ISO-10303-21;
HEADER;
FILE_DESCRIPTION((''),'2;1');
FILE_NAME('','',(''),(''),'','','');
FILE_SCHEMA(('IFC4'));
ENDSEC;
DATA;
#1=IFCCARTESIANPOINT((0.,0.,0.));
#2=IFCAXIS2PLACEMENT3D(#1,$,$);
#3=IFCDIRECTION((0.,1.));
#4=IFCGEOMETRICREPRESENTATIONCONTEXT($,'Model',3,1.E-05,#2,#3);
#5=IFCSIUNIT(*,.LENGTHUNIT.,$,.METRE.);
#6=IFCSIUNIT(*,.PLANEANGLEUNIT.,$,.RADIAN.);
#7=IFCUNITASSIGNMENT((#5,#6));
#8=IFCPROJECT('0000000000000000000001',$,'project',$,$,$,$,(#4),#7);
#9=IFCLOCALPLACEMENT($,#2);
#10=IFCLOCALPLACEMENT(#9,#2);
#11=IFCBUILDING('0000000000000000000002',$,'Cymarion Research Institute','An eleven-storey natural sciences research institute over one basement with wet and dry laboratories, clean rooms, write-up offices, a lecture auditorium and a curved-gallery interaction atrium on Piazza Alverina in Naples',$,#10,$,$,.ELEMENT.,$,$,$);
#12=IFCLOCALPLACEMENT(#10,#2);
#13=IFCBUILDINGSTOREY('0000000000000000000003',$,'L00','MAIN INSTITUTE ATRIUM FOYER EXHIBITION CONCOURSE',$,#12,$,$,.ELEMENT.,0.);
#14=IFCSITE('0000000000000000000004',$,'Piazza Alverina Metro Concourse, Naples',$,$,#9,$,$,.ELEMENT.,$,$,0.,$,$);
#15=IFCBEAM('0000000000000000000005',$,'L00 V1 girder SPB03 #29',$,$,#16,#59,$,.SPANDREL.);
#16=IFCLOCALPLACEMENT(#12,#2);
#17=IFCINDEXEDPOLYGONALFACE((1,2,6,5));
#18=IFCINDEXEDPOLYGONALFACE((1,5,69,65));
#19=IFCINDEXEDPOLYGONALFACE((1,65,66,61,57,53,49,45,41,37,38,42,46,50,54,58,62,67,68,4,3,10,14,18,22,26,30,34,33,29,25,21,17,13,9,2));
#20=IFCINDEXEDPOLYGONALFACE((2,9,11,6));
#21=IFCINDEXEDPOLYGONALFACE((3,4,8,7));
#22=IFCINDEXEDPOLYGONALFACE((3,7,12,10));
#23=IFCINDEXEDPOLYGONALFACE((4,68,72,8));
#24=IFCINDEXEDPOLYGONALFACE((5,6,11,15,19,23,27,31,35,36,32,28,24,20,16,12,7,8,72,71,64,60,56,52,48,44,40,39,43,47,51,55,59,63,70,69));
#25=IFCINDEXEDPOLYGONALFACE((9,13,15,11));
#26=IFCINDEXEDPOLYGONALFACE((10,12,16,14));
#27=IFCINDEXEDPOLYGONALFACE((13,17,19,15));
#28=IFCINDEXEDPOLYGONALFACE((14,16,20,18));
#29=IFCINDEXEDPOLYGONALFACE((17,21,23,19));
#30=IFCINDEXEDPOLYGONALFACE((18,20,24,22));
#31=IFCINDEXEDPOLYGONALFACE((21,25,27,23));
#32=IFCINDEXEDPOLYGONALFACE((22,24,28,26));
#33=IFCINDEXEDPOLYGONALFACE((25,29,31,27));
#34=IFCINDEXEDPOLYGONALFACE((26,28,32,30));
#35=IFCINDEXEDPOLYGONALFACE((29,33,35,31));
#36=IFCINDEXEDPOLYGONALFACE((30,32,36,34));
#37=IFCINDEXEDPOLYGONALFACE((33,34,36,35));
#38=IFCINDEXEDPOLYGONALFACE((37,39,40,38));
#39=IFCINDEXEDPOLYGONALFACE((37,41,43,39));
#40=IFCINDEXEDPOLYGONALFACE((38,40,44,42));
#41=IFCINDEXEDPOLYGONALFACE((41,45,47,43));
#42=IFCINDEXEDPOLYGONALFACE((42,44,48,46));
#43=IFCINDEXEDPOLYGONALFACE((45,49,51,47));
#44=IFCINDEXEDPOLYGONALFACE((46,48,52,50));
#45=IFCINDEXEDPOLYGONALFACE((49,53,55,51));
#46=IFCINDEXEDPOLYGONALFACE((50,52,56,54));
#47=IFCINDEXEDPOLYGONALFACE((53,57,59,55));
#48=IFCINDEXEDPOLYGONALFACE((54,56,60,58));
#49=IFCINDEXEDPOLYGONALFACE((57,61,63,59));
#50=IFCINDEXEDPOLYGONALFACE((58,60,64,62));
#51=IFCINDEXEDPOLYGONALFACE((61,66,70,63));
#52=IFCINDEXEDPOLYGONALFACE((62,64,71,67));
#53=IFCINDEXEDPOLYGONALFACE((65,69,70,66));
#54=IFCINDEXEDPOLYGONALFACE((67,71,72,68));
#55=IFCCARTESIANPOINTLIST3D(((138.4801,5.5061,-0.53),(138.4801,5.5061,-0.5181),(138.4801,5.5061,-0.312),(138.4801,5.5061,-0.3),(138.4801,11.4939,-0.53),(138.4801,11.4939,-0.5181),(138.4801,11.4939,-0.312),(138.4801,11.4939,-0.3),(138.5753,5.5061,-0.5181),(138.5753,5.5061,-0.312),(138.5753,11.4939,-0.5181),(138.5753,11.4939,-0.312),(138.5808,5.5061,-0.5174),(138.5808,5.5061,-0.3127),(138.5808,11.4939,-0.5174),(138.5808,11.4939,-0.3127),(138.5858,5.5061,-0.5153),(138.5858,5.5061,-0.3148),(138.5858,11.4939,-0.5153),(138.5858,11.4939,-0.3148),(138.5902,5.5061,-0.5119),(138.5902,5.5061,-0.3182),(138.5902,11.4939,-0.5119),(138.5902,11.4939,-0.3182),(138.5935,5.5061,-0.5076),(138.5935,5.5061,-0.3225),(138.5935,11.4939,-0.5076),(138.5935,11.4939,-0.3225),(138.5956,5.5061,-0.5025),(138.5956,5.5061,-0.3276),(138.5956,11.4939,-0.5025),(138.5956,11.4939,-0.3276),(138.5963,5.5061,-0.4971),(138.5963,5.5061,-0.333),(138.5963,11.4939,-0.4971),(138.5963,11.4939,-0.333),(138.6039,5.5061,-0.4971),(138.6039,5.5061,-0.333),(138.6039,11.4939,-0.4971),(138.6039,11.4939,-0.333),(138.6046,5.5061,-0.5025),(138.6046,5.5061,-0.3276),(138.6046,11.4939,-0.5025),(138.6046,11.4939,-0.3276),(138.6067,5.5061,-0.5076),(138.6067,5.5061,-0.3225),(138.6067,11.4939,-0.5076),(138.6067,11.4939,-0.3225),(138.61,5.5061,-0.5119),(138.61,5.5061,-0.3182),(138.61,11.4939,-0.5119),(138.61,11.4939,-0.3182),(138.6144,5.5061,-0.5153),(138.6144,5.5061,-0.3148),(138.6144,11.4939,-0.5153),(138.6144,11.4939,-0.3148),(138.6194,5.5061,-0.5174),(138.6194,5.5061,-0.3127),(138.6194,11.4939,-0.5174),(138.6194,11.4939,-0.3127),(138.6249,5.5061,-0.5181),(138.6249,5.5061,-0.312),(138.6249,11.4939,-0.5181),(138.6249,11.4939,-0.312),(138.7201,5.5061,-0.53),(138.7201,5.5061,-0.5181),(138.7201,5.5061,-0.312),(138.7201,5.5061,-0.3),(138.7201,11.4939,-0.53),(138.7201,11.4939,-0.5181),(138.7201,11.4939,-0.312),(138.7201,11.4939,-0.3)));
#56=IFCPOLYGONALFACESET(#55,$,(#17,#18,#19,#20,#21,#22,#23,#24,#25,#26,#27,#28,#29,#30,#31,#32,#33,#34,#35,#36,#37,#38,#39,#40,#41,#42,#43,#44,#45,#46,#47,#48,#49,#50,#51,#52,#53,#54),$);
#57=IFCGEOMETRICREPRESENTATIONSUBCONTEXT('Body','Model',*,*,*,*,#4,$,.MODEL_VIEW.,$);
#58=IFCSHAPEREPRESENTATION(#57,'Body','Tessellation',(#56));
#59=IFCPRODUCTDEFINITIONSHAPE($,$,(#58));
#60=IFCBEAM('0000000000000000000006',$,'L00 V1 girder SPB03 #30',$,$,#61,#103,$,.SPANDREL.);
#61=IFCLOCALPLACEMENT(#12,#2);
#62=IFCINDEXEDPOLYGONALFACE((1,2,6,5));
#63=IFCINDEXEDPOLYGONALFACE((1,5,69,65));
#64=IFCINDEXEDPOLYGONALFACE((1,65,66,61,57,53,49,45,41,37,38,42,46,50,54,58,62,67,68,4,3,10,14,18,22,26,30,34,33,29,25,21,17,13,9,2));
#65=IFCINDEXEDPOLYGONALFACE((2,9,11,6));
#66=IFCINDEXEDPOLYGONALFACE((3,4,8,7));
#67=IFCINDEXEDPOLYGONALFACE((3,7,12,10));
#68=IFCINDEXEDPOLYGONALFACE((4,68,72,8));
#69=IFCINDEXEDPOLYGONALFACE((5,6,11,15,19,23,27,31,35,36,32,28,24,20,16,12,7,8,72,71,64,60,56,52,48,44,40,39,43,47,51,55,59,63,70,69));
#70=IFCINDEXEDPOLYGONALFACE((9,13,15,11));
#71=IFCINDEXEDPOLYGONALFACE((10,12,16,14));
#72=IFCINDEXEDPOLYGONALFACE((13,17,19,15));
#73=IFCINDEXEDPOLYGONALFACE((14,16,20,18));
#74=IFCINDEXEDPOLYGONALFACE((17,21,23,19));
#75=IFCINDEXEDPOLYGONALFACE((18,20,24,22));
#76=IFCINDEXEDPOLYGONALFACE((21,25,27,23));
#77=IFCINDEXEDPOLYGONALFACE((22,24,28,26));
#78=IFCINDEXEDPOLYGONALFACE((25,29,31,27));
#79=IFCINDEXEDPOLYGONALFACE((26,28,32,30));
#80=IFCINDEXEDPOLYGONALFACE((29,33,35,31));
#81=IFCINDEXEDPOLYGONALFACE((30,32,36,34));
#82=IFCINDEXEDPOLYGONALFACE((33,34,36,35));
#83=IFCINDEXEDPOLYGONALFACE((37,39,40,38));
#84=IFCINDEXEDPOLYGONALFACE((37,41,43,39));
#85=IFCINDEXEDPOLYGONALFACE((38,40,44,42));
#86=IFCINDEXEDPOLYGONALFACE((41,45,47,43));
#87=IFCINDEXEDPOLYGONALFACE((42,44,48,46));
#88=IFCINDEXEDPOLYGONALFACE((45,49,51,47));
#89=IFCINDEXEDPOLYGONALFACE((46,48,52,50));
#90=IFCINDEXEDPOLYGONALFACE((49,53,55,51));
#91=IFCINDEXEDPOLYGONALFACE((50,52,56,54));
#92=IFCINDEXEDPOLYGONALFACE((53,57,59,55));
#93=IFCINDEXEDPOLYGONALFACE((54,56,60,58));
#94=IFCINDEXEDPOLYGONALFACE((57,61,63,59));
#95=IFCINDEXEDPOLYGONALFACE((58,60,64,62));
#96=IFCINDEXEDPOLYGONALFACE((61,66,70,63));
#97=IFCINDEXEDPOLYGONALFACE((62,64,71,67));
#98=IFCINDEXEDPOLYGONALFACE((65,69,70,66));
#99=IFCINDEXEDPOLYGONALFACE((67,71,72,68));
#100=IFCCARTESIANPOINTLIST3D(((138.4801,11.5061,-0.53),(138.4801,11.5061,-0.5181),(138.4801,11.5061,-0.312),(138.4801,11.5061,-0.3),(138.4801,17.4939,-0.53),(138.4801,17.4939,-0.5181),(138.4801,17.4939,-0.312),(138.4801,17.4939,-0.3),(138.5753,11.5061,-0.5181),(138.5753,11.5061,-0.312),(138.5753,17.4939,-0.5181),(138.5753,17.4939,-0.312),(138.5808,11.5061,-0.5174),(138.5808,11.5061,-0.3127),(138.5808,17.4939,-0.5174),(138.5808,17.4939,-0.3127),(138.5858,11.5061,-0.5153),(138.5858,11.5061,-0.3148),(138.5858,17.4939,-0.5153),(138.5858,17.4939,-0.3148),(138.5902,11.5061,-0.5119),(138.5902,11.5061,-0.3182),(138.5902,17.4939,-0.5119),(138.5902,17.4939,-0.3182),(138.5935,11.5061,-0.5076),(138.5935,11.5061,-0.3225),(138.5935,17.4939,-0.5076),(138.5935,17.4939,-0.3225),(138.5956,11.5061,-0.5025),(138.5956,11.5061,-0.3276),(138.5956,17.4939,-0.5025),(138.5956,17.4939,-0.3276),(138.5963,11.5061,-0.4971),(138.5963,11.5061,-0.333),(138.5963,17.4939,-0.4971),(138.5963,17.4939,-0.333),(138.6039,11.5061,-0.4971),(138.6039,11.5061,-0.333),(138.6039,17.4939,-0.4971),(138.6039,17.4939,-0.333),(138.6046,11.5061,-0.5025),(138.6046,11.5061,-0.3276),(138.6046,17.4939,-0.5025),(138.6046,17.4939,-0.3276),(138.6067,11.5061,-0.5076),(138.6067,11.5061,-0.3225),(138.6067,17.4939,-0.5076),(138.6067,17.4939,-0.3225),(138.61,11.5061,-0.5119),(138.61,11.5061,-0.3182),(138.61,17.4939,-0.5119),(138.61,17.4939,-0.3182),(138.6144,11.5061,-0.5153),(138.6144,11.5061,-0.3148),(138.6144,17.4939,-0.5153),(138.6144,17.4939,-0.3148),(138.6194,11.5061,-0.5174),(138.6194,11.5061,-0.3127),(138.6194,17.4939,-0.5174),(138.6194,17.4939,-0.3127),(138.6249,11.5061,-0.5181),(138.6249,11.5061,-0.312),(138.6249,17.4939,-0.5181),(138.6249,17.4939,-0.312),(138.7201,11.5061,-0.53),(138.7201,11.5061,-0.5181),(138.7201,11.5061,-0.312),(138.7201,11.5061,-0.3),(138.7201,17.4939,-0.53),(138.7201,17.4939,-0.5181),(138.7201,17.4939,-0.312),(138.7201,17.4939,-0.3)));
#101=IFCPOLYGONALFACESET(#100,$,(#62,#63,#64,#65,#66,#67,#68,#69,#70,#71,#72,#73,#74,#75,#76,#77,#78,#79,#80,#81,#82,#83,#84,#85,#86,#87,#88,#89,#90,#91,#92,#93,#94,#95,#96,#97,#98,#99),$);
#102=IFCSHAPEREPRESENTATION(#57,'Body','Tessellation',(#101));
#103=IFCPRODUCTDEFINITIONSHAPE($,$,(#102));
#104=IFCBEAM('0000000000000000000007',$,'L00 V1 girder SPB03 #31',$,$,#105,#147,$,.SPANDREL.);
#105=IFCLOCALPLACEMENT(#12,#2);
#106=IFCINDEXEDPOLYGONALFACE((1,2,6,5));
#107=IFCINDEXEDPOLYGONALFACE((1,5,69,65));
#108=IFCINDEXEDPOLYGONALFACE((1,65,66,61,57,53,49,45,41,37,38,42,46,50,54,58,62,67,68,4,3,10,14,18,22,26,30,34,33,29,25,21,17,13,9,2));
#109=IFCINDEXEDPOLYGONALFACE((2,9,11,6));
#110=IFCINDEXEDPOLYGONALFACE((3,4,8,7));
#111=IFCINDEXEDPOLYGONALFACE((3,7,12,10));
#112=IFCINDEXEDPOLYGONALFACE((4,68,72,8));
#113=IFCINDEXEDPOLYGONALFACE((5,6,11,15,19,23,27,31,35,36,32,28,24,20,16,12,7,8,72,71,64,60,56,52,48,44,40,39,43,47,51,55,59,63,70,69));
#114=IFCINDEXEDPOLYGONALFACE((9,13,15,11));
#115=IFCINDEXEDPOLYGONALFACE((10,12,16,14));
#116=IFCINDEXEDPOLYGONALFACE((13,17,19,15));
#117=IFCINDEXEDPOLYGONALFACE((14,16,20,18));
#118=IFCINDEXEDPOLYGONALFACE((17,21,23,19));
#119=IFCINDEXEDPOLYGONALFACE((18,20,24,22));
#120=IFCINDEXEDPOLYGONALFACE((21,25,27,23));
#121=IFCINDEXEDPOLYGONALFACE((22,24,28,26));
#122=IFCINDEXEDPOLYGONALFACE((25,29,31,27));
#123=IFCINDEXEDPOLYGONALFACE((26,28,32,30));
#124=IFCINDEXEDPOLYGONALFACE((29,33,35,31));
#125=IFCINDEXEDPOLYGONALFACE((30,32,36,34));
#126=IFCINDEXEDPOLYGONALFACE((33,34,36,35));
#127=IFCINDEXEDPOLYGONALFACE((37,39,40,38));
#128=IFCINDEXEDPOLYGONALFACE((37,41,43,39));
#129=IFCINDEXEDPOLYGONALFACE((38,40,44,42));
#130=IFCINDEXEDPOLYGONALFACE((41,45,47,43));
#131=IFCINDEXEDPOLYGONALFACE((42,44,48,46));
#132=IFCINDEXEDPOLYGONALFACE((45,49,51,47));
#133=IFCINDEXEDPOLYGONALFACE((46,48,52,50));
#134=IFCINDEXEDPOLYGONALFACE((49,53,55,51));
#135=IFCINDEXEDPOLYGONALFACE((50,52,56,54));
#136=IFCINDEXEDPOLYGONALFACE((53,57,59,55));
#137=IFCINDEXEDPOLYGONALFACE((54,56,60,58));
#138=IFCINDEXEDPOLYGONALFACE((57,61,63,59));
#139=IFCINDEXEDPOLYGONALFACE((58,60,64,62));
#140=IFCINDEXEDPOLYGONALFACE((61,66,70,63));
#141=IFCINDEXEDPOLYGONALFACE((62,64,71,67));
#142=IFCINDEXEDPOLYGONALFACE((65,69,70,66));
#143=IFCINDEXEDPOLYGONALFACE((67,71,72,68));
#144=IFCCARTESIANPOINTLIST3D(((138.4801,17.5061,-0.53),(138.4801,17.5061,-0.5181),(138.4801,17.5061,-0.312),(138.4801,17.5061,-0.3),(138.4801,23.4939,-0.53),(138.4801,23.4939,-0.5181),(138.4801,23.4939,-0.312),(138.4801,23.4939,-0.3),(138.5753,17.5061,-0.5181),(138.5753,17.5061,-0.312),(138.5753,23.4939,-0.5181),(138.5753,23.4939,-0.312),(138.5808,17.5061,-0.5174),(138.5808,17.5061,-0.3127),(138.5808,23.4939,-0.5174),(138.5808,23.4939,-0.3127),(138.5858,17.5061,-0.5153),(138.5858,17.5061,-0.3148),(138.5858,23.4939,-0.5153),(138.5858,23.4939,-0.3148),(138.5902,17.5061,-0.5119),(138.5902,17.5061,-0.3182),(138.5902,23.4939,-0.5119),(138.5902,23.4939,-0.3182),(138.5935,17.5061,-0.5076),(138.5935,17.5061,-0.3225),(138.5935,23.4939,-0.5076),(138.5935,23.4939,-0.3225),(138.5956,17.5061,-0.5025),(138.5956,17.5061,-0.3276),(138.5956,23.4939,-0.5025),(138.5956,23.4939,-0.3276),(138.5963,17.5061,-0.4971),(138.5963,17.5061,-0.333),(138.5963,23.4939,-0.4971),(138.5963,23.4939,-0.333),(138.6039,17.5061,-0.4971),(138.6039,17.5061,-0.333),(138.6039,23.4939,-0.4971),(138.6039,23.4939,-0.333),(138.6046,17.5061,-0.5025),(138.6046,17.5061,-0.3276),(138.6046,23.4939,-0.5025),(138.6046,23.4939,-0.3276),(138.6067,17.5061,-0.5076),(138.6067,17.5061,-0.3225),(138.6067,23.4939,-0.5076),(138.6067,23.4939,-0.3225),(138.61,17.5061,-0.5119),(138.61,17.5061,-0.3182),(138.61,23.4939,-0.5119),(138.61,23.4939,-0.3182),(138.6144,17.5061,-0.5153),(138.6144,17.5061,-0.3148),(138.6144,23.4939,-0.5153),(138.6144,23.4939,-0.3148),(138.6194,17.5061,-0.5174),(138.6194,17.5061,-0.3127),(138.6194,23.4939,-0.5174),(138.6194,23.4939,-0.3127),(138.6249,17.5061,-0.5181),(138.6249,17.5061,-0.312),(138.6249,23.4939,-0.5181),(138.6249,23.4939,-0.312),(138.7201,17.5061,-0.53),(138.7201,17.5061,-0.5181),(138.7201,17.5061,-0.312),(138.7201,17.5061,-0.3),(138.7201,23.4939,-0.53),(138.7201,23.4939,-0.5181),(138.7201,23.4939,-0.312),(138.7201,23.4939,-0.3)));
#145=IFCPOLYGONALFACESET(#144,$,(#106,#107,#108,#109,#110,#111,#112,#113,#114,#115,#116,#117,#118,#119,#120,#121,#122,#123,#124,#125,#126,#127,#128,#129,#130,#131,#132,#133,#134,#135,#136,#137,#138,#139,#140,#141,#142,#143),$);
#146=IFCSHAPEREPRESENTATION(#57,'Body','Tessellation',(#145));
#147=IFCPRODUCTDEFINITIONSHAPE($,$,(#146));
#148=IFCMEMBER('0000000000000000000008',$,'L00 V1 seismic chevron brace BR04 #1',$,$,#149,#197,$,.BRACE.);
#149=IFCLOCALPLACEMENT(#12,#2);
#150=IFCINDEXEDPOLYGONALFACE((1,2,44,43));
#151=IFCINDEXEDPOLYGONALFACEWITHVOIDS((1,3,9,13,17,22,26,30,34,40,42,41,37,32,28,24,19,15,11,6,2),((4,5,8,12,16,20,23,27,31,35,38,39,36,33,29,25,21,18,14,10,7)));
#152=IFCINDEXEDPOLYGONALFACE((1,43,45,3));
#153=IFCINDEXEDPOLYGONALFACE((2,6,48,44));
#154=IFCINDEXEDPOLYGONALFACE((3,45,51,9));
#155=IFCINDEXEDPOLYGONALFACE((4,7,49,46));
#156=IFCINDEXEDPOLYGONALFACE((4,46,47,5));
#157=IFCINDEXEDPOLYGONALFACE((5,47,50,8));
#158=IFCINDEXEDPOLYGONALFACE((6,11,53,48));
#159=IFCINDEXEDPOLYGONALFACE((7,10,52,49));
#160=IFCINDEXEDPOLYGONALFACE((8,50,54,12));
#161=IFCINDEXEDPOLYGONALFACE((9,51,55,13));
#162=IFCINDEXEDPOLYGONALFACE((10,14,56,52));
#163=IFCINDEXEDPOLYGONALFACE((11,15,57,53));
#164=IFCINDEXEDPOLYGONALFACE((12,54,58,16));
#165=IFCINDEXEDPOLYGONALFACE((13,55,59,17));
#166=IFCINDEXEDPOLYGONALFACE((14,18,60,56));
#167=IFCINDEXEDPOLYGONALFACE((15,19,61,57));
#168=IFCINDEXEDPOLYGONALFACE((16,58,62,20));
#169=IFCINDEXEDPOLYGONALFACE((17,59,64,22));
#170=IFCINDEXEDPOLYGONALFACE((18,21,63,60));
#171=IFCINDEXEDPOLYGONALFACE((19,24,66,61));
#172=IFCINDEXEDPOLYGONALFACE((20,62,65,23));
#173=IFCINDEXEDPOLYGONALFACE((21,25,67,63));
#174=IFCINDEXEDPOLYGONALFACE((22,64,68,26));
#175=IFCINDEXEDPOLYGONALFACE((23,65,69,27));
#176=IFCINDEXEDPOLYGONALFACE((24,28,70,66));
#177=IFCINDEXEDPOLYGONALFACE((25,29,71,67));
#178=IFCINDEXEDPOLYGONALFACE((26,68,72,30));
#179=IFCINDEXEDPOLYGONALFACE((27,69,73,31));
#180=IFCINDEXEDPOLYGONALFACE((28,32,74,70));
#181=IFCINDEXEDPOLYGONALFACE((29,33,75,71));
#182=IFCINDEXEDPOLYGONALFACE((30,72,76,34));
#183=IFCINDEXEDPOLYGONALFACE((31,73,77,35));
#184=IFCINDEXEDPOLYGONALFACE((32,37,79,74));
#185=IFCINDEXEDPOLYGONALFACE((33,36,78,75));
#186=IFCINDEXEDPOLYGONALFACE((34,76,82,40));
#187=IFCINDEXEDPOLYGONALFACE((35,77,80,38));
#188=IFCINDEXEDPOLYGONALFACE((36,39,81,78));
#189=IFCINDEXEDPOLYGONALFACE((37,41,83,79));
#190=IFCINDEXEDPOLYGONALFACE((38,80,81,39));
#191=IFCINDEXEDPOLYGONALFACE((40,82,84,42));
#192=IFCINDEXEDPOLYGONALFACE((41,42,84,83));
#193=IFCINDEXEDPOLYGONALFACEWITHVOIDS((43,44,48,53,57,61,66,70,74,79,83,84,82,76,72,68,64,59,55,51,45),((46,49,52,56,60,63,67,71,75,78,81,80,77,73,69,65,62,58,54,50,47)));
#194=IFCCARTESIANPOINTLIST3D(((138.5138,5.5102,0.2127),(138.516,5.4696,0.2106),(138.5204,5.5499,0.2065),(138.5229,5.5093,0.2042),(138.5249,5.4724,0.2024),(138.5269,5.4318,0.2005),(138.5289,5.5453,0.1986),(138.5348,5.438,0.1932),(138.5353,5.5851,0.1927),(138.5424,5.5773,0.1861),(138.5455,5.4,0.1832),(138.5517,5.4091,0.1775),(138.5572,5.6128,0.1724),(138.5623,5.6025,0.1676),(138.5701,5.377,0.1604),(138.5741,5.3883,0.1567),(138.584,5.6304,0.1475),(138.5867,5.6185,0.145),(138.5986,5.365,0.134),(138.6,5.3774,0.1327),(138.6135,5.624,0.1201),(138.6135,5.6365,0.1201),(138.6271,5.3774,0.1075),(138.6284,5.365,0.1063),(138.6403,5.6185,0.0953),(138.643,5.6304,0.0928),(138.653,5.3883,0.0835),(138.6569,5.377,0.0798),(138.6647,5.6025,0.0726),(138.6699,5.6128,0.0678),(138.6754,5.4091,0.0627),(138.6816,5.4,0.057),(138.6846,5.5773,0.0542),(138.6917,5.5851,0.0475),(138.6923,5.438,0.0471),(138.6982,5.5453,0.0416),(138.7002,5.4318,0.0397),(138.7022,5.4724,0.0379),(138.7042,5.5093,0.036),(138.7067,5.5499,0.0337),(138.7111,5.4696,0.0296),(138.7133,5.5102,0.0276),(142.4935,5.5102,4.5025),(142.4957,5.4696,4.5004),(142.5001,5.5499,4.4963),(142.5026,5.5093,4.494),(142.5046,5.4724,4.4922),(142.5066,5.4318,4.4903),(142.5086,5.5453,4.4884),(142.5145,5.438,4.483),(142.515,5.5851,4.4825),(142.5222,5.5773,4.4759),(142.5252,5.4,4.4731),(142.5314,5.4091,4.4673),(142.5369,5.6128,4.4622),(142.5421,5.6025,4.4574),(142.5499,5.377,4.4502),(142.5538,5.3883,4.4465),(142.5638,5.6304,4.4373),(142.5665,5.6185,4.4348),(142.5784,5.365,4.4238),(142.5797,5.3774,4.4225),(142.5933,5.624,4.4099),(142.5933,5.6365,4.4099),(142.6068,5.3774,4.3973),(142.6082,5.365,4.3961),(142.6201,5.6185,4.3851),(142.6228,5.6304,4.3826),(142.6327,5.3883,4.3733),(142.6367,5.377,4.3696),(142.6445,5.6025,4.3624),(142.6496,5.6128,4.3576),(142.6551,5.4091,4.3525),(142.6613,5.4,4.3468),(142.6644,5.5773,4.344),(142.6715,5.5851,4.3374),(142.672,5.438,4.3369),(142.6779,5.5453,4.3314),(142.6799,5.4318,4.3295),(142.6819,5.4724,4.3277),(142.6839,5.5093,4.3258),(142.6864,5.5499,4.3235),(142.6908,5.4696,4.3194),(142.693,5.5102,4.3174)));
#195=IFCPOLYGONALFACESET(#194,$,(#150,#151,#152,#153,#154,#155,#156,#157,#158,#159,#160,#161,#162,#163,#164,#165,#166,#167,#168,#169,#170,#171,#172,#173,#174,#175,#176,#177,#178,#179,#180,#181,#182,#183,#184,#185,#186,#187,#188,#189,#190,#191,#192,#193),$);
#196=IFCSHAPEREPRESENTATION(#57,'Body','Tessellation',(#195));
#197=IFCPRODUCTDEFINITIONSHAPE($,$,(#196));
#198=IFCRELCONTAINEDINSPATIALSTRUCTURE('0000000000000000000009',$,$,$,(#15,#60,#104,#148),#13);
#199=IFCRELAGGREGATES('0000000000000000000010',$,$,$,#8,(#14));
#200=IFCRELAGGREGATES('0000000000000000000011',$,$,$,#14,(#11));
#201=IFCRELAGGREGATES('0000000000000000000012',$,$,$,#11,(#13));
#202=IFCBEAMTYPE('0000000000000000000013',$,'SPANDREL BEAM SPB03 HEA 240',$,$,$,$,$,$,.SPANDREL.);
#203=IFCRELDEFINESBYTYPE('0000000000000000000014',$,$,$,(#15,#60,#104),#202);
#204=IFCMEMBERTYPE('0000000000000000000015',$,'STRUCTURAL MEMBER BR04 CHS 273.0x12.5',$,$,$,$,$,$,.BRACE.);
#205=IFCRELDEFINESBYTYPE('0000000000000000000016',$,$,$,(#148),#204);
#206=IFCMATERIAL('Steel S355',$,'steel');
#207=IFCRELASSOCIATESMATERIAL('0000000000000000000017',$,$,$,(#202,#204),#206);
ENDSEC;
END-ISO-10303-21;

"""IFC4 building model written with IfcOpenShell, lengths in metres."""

from ifc_helpers import new_model, si_unit, direction, frame, origin, origin_2d, place, context, subcontext, project, spatial, hollow_circle, i_section, extrude, material, material_profile, profile_set, type_object, element, save


model = new_model("IFC4")

# Units and contexts
model_context = context("Model", 3, precision=1e-05, world=origin(), true_north=direction((0.0, 1.0)))
body_context = subcontext(model_context, "Body", "Model", "MODEL_VIEW")
ifc_project = project(units=[si_unit("LENGTHUNIT", "METRE"), si_unit("PLANEANGLEUNIT", "RADIAN")], contexts=[model_context])

# Site, building, storey
site_placement = place(None, origin())
site = spatial("IfcSite", under=ifc_project, at=site_placement, Name="Piazza Alverina Metro Concourse, Naples", CompositionType="ELEMENT", RefElevation=0.0)
building_placement = place(site_placement, origin())
building = spatial("IfcBuilding", under=site, at=building_placement, Name="Cymarion Research Institute", Description="An eleven-storey natural sciences research institute over one basement with wet and dry laboratories, clean rooms, write-up offices, a lecture auditorium and a curved-gallery interaction atrium on Piazza Alverina in Naples", CompositionType="ELEMENT")
storey_placement = place(building_placement, origin())
storey = spatial("IfcBuildingStorey", under=building, at=storey_placement, Name="L00", Description="MAIN INSTITUTE ATRIUM FOYER EXHIBITION CONCOURSE", CompositionType="ELEMENT", Elevation=0.0)

# Shared definitions
ifc_material_1 = material(Name="Steel S355", Category="steel")

# Beams
ifc_material_profile_1 = material_profile(ifc_material_1, i_section(OverallWidth=0.24, OverallDepth=0.23, WebThickness=0.0076, FlangeThickness=0.012, FilletRadius=0.021, at=origin_2d()), Name="HEA 240")
ifc_profile_set_1 = profile_set([ifc_material_profile_1], Name="Steel S355")
beam_type_1 = type_object("IfcBeamType", Name="SPANDREL BEAM SPB03 HEA 240", PredefinedType="SPANDREL", material=ifc_profile_set_1)
for number, where, z_axis, x_axis, name in (
    (1, (138.6001, 5.5061, -0.415), (0.0, 1.0, 0.0), (-1.0, 0.0, 0.0), "L00 V1 girder SPB03 #29"),
    (2, (138.6001, 11.5061, -0.415), (0.0, 1.0, 0.0), (-1.0, 0.0, 0.0), "L00 V1 girder SPB03 #30"),
    (3, (138.6001, 17.5061, -0.415), (0.0, 1.0, 0.0), (-1.0, 0.0, 0.0), "L00 V1 girder SPB03 #31"),
):
    element("IfcBeam", number, at=place(storey_placement, frame(where, z_axis=z_axis, x_axis=x_axis)), inside=storey, type_object=beam_type_1, Name=name, PredefinedType="SPANDREL", context=body_context, shape_type="SweptSolid", body=[
        extrude(i_section(OverallWidth=0.24, OverallDepth=0.23, WebThickness=0.0076, FlangeThickness=0.012, FilletRadius=0.021, at=origin_2d()), origin(), (0.0, 0.0, 1.0), 5.9878),
    ])

# Member
ifc_material_profile_2 = material_profile(ifc_material_1, hollow_circle(Radius=0.1365, WallThickness=0.0125, at=origin_2d()), Name="CHS 273.0x12.5")
ifc_profile_set_2 = profile_set([ifc_material_profile_2], Name="Steel S355")
member_type = type_object("IfcMemberType", Name="STRUCTURAL MEMBER BR04 CHS 273.0x12.5", PredefinedType="BRACE", material=ifc_profile_set_2)
member_placement = place(storey_placement, frame((138.6135, 5.5, 0.1201), z_axis=(0.680117, 0.0, 0.733104), x_axis=(0.0, 1.0, 0.0)))
element("IfcMember", 4, at=member_placement, inside=storey, type_object=member_type, Name="L00 V1 seismic chevron brace BR04 #1", PredefinedType="BRACE", context=body_context, shape_type="SweptSolid", body=[
    extrude(hollow_circle(Radius=0.1365, WallThickness=0.0125, at=origin_2d()), origin(), (0.0, 0.0, 1.0), 5.8516),
])

save(model, "model.ifc")
